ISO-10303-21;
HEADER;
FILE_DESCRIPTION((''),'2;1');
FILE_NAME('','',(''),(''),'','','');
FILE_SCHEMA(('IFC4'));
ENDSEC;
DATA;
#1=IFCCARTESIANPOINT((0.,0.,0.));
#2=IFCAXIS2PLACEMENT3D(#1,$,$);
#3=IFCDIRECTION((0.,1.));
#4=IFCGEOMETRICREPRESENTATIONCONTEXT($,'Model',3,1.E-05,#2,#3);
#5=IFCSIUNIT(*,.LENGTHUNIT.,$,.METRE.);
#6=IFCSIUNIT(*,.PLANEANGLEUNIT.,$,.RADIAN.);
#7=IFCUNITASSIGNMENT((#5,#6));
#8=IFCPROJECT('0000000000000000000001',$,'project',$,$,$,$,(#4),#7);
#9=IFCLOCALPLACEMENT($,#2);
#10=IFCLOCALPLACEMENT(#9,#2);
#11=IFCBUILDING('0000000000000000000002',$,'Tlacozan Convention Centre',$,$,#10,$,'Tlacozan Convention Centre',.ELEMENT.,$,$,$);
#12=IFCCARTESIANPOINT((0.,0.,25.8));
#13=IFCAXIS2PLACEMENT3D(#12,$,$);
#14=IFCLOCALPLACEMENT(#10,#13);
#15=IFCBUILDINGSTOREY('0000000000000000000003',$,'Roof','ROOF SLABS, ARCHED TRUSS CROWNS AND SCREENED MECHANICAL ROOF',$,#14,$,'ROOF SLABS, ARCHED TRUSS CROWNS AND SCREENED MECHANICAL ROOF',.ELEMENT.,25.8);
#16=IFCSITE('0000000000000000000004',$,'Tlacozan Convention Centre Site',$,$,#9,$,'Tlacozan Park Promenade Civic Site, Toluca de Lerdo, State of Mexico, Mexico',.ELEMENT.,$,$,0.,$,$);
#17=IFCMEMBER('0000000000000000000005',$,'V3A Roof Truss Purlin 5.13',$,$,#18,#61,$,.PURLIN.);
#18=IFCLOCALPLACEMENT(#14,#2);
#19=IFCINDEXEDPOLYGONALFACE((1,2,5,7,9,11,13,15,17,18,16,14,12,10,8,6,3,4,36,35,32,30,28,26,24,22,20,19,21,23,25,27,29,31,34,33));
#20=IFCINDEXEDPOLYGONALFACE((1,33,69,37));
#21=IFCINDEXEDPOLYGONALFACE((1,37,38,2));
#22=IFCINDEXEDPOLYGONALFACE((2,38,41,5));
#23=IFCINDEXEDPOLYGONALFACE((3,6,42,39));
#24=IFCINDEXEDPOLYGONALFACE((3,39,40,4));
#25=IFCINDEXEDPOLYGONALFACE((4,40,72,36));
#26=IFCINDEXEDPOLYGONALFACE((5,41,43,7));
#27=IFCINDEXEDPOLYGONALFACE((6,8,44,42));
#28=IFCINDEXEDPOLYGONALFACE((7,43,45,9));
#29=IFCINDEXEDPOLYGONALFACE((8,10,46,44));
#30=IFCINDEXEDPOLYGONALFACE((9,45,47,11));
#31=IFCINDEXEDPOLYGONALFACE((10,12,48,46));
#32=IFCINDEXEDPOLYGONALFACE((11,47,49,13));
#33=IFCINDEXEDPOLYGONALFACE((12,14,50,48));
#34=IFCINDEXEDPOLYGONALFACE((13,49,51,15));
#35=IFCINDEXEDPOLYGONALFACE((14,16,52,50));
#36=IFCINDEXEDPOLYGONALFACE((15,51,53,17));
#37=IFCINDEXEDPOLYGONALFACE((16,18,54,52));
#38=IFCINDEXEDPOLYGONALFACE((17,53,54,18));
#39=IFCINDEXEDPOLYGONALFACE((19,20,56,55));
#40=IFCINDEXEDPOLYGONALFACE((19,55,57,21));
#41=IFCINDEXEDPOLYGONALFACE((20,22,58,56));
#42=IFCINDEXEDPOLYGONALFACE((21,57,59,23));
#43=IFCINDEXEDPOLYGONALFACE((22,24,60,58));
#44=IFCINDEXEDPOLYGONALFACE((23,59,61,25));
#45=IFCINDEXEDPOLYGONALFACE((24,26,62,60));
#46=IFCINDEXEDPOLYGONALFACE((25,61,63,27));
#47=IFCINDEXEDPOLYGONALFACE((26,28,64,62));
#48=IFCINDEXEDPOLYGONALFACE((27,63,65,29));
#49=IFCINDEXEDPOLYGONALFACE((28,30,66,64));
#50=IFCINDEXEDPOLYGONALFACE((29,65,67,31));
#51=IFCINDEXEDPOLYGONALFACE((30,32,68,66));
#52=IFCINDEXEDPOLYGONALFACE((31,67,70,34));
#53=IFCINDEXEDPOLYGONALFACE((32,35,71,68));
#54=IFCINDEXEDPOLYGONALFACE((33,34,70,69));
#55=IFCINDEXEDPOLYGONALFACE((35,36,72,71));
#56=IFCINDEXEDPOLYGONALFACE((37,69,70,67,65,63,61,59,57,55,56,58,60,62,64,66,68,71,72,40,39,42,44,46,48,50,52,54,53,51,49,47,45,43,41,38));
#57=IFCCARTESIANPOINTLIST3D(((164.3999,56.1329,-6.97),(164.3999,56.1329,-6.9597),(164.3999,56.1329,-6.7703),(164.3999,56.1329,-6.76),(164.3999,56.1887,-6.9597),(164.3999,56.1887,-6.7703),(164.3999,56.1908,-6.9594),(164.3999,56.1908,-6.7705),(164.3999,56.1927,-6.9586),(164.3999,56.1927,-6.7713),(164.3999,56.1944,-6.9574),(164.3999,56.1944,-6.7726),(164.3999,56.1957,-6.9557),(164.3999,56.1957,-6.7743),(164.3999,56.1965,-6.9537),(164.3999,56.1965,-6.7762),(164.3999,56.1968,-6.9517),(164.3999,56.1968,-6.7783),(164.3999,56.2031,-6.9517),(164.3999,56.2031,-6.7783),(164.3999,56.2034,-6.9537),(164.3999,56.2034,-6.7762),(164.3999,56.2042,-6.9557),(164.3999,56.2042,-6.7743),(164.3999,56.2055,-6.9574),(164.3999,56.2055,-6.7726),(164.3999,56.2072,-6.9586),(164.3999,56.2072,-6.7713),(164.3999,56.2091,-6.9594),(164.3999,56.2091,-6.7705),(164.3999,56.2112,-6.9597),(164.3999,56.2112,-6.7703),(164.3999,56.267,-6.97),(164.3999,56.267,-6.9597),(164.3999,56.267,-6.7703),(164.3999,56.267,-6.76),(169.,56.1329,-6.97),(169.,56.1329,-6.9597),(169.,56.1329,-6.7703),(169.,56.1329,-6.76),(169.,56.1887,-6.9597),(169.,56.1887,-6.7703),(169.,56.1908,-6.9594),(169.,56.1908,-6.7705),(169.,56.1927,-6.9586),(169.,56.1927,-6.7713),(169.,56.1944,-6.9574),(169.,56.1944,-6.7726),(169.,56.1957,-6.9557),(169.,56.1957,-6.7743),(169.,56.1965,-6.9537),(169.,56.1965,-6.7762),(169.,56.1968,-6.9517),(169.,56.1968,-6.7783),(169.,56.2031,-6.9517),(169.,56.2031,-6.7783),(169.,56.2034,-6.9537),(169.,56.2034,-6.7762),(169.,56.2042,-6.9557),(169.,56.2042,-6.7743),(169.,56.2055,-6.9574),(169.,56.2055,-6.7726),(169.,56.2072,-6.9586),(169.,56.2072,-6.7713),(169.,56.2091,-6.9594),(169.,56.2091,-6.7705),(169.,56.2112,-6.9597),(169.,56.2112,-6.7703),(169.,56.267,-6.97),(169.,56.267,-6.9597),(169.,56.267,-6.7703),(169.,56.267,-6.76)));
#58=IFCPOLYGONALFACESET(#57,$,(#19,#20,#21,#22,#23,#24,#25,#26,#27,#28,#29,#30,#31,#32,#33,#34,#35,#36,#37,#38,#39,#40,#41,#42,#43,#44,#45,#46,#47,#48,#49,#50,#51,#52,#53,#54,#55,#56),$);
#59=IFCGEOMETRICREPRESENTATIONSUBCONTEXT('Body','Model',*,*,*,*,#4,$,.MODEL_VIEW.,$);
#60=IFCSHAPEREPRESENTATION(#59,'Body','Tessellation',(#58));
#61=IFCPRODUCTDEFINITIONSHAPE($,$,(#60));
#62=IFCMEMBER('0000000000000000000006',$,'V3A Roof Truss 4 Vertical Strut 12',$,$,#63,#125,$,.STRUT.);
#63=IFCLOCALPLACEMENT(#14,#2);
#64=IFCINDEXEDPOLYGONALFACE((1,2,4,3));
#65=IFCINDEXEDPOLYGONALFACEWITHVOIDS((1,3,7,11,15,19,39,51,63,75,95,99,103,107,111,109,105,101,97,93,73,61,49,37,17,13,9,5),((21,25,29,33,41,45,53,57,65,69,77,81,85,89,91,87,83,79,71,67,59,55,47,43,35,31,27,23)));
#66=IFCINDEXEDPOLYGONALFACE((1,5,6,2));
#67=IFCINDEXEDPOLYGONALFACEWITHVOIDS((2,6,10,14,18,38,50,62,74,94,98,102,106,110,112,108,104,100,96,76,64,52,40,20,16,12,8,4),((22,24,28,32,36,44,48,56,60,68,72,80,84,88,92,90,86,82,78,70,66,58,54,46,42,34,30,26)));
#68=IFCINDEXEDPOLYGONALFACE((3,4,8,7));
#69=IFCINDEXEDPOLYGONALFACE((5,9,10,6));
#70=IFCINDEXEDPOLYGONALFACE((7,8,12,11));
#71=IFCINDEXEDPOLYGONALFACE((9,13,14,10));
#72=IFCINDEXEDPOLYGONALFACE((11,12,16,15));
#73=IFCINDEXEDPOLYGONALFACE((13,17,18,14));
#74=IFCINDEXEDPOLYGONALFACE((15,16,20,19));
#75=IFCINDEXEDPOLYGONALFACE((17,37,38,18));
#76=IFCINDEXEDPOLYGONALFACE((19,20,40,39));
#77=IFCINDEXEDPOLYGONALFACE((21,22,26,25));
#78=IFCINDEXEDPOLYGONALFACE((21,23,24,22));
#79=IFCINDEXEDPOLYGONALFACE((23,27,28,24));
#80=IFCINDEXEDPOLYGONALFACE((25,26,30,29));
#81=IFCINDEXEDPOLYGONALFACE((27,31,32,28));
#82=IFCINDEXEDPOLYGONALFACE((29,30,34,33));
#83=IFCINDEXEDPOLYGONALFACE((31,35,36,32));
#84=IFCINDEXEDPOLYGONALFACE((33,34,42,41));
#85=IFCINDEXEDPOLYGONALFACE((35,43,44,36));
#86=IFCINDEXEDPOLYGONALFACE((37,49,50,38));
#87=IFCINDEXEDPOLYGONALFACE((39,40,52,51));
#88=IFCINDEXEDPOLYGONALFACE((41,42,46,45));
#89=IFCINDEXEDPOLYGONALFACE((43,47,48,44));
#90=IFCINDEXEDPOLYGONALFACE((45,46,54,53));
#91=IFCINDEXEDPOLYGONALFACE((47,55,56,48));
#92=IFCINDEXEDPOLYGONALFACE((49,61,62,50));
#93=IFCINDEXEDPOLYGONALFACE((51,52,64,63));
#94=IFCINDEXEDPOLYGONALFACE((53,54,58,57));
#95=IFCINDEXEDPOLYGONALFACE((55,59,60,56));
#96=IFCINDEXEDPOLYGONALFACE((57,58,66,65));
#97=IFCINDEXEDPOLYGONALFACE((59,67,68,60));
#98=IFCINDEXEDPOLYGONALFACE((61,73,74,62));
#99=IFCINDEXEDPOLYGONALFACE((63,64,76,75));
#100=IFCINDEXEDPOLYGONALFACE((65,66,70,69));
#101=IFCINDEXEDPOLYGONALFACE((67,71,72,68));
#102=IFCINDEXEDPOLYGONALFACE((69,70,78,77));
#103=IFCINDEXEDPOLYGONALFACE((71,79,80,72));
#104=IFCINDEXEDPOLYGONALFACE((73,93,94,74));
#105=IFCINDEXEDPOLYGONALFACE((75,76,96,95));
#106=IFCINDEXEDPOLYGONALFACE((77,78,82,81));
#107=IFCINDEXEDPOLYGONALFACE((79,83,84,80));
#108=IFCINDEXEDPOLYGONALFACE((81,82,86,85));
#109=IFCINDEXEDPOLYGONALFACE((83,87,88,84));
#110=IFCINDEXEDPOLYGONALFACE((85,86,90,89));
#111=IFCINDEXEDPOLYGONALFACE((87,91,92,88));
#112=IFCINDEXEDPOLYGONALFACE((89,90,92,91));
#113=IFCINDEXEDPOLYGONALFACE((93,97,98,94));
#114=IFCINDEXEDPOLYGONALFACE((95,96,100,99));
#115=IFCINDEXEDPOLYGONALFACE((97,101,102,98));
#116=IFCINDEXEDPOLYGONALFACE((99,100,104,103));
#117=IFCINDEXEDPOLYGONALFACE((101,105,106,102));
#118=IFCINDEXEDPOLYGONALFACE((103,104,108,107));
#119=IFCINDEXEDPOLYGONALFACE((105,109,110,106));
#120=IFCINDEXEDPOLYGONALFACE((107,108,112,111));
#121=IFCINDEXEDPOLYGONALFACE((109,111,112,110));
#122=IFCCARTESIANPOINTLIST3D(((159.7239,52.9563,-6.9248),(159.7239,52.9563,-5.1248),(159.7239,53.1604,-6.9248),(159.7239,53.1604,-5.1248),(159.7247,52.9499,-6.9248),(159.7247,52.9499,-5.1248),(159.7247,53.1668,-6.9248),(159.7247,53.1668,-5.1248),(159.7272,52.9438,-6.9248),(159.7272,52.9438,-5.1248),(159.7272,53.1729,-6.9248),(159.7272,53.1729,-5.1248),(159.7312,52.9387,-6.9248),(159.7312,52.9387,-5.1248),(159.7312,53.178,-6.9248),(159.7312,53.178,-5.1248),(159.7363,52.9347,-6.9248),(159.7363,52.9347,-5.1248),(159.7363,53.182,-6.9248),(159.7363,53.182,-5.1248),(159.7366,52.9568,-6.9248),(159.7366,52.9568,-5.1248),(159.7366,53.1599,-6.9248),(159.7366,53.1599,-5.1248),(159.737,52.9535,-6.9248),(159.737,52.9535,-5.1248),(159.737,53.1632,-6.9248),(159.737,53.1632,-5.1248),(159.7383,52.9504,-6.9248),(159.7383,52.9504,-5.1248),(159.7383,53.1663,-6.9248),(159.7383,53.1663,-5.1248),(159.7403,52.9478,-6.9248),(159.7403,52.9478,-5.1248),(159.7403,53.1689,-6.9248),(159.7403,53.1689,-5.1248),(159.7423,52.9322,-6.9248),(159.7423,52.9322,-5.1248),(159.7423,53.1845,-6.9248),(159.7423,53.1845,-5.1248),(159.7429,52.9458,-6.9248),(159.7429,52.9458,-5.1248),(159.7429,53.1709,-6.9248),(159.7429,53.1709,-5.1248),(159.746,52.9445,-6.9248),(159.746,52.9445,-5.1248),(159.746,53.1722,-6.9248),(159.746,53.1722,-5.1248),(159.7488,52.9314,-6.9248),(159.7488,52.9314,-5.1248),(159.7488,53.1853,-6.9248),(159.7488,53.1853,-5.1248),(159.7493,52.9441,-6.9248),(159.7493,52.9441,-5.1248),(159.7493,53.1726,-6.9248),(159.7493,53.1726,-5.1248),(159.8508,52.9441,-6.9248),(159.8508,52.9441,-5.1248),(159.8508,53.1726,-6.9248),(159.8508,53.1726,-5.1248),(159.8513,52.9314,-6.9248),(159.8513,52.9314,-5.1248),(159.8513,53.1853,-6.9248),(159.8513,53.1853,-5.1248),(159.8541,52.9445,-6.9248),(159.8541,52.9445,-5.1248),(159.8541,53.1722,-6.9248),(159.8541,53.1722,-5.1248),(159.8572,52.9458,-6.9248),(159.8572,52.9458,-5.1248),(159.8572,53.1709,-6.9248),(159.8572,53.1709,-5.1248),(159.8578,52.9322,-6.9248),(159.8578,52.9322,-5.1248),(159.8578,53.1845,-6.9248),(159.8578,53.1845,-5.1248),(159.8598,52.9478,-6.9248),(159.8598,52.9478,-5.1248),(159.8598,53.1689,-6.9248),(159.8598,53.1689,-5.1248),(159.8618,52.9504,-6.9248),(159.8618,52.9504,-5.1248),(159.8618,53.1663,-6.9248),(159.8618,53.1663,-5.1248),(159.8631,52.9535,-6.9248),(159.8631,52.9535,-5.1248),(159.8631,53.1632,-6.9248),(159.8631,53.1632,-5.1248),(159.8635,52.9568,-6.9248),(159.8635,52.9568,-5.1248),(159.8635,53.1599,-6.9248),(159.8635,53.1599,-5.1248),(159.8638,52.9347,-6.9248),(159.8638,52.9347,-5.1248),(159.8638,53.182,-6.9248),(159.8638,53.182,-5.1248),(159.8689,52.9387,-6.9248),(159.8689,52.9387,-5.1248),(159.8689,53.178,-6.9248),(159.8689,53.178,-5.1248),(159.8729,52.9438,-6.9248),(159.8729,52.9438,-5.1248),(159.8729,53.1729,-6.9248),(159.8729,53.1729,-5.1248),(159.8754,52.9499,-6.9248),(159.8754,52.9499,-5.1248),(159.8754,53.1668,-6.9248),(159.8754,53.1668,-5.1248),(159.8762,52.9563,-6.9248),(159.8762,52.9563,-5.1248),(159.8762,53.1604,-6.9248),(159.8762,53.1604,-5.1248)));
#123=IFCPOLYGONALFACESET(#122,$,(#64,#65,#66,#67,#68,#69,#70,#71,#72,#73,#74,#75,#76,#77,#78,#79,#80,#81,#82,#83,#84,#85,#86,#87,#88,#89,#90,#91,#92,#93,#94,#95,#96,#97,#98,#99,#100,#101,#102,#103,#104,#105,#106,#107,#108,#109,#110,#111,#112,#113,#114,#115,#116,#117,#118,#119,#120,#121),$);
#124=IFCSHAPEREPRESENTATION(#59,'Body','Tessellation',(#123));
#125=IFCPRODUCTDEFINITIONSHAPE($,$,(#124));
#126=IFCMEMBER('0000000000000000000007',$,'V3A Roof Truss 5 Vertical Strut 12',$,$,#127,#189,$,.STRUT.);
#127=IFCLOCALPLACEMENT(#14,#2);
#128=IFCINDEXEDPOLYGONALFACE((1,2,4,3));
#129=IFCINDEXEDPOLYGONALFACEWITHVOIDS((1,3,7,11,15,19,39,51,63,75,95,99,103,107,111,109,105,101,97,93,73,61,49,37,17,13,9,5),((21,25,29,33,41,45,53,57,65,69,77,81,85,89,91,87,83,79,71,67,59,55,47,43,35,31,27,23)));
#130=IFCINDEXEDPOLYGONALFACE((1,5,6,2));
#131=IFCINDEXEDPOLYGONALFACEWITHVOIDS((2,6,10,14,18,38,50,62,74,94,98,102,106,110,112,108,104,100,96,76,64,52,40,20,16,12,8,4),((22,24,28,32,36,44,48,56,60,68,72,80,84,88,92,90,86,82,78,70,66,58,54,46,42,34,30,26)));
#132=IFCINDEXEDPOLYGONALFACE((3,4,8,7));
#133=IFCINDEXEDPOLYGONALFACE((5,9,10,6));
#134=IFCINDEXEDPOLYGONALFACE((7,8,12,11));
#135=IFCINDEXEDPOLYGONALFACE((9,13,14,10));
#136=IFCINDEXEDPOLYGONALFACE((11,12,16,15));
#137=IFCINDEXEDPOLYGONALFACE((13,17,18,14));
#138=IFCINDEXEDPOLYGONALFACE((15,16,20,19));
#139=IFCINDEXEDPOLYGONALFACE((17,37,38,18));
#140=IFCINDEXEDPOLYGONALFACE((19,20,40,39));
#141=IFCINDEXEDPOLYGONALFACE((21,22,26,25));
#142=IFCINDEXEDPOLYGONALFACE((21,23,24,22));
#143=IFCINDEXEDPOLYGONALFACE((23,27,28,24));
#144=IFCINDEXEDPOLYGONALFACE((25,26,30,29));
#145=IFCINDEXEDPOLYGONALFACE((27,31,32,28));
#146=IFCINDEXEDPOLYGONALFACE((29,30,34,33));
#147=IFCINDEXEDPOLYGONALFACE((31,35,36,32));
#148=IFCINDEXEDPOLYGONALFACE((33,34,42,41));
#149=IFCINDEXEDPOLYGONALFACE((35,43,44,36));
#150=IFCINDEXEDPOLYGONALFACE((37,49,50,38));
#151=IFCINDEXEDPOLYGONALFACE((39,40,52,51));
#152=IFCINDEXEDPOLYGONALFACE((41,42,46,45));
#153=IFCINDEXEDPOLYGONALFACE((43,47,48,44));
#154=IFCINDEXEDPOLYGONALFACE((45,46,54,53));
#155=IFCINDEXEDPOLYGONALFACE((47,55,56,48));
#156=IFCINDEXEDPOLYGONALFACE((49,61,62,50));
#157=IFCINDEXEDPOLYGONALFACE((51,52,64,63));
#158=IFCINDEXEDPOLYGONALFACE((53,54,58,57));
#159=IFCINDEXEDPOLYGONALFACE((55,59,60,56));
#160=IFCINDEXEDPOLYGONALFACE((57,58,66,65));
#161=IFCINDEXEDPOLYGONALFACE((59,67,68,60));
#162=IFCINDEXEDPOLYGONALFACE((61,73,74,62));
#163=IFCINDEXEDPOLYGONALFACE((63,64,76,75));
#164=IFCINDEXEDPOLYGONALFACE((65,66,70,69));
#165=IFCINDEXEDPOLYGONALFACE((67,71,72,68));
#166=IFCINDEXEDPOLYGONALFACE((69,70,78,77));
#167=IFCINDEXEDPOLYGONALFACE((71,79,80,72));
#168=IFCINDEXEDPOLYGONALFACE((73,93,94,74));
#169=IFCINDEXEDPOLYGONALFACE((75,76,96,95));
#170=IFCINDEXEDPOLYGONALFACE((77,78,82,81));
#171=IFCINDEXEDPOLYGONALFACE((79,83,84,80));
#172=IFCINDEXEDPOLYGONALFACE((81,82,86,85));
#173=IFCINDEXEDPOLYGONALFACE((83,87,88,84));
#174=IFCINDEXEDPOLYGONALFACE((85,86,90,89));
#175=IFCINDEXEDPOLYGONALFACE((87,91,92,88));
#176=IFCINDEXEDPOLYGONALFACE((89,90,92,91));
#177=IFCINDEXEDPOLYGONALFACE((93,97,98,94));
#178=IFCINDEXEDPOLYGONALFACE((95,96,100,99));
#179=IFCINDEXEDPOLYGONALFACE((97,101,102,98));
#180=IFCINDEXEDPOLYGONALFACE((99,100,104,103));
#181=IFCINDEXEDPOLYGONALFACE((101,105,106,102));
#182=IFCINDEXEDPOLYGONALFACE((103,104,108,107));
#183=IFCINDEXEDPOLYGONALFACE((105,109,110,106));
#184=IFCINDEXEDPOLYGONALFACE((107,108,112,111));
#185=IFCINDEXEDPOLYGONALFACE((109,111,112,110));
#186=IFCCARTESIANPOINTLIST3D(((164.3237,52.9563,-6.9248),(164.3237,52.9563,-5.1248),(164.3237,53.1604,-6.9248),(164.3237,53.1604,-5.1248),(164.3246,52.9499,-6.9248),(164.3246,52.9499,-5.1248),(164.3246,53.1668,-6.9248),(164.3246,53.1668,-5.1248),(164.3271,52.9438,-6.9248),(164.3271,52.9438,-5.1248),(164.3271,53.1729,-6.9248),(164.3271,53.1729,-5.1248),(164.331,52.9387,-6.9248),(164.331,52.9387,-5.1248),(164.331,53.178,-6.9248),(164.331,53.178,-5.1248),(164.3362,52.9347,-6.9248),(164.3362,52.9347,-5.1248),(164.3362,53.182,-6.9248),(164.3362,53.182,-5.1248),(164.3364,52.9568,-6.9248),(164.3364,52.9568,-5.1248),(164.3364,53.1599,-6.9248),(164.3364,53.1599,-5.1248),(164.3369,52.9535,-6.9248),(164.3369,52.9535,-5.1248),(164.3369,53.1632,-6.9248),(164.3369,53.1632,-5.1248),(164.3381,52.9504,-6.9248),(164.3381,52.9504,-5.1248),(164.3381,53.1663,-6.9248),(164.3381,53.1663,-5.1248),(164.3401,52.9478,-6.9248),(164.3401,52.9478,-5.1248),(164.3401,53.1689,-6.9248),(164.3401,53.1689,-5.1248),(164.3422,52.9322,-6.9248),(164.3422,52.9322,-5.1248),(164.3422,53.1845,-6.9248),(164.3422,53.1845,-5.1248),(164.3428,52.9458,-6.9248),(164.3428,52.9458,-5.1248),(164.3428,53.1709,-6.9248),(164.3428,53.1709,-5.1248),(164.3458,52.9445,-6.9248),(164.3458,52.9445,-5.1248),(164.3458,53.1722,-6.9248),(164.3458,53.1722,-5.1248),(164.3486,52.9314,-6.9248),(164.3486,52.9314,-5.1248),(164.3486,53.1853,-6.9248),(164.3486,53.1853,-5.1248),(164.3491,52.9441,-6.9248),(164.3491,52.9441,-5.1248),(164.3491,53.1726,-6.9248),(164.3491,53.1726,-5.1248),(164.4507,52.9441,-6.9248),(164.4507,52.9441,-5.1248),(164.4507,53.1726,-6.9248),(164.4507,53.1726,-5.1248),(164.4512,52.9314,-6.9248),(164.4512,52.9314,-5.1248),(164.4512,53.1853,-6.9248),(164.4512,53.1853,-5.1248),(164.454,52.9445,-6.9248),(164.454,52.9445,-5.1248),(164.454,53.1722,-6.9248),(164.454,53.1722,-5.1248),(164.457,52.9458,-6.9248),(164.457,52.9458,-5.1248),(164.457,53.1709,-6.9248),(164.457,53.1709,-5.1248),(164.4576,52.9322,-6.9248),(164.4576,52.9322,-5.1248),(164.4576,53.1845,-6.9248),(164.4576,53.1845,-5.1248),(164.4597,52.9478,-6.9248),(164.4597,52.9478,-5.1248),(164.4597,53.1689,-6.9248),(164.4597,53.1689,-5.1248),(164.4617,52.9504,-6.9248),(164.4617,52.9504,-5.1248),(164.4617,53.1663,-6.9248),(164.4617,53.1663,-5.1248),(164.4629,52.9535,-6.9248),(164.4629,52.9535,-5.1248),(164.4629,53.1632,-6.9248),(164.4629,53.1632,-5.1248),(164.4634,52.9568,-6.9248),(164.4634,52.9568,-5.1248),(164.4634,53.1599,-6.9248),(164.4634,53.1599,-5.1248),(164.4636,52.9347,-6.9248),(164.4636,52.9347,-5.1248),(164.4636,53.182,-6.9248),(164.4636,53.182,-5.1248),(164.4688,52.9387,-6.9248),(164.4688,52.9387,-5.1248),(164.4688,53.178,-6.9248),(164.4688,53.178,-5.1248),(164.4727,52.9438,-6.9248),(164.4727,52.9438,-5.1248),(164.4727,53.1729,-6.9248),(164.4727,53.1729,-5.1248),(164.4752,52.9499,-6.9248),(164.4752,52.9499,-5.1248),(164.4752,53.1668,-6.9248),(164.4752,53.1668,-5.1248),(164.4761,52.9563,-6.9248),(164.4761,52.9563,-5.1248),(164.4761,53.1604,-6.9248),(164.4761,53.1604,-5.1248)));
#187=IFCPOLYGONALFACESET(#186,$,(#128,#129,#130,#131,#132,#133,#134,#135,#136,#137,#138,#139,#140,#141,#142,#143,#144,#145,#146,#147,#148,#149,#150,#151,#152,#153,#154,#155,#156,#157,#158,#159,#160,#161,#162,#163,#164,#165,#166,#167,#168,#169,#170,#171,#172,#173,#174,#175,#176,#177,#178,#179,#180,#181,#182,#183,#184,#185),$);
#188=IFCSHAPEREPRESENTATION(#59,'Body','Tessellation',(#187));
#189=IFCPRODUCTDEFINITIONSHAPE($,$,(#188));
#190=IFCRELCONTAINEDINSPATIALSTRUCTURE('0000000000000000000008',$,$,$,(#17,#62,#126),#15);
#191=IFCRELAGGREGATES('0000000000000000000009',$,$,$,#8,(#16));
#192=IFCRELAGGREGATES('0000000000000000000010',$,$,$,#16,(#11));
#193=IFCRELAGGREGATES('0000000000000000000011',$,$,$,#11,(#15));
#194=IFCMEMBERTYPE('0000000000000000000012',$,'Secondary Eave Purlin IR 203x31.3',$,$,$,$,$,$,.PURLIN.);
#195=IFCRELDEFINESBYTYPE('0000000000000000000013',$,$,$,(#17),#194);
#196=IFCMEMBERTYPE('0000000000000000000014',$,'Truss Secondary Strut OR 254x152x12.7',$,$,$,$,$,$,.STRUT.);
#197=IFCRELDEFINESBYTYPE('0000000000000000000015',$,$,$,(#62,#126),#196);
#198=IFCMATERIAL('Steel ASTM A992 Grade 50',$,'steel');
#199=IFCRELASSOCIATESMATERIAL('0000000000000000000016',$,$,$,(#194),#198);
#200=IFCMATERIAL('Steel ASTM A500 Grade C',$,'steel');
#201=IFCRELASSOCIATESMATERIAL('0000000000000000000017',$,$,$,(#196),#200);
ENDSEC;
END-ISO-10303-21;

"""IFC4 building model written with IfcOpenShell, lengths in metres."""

from ifc_helpers import new_model, si_unit, direction, frame, origin, origin_2d, place, context, subcontext, project, spatial, hollow_rectangle, i_section, extrude, material, material_profile, profile_set, type_object, element, save


model = new_model("IFC4")

# Units and contexts
model_context = context("Model", 3, precision=1e-05, world=origin(), true_north=direction((0.0, 1.0)))
body_context = subcontext(model_context, "Body", "Model", "MODEL_VIEW")
ifc_project = project(units=[si_unit("LENGTHUNIT", "METRE"), si_unit("PLANEANGLEUNIT", "RADIAN")], contexts=[model_context])

# Site, building, storey
site_placement = place(None, origin())
site = spatial("IfcSite", under=ifc_project, at=site_placement, Name="Tlacozan Convention Centre Site", LongName="Tlacozan Park Promenade Civic Site, Toluca de Lerdo, State of Mexico, Mexico", CompositionType="ELEMENT", RefElevation=0.0)
building_placement = place(site_placement, origin())
building = spatial("IfcBuilding", under=site, at=building_placement, Name="Tlacozan Convention Centre", LongName="Tlacozan Convention Centre", CompositionType="ELEMENT")
storey_placement = place(building_placement, frame((0.0, 0.0, 25.8)))
storey = spatial("IfcBuildingStorey", under=building, at=storey_placement, Name="Roof", Description="ROOF SLABS, ARCHED TRUSS CROWNS AND SCREENED MECHANICAL ROOF", LongName="ROOF SLABS, ARCHED TRUSS CROWNS AND SCREENED MECHANICAL ROOF", CompositionType="ELEMENT", Elevation=25.8)

# Members
ifc_material_1 = material(Name="Steel ASTM A500 Grade C", Category="steel")
ifc_material_2 = material(Name="Steel ASTM A992 Grade 50", Category="steel")
ifc_material_profile_1 = material_profile(ifc_material_2, i_section(OverallWidth=0.134, OverallDepth=0.21, WebThickness=0.0063, FlangeThickness=0.0103, FilletRadius=0.0081, at=origin_2d()), Name="IR 203x31.3")
ifc_profile_set_1 = profile_set([ifc_material_profile_1], Name="Steel ASTM A992 Grade 50")
member_type_1 = type_object("IfcMemberType", Name="Secondary Eave Purlin IR 203x31.3", PredefinedType="PURLIN", material=ifc_profile_set_1)
member_1_placement = place(storey_placement, frame((164.3999, 56.2, -6.865), z_axis=(1.0, 0.0, 0.0), x_axis=(0.0, 1.0, 0.0)))
element("IfcMember", 1, at=member_1_placement, inside=storey, type_object=member_type_1, Name="V3A Roof Truss Purlin 5.13", PredefinedType="PURLIN", context=body_context, shape_type="SweptSolid", body=[
    extrude(i_section(OverallWidth=0.134, OverallDepth=0.21, WebThickness=0.0063, FlangeThickness=0.0103, FilletRadius=0.0081, at=origin_2d()), origin(), (0.0, 0.0, 1.0), 4.6001),
])
ifc_material_profile_2 = material_profile(ifc_material_1, hollow_rectangle(XDim=0.1523, YDim=0.2539, WallThickness=0.0127, InnerFilletRadius=0.0127, OuterFilletRadius=0.0249, at=origin_2d()), Name="OR 254x152x12.7")
ifc_profile_set_2 = profile_set([ifc_material_profile_2], Name="Steel ASTM A500 Grade C")
member_type_2 = type_object("IfcMemberType", Name="Truss Secondary Strut OR 254x152x12.7", PredefinedType="STRUT", material=ifc_profile_set_2)
for number, where, z_axis, x_axis, name in (
    (2, (159.8, 53.0583, -6.9248), (0.0, 0.0, 1.0), (1.0, 0.0, 0.0), "V3A Roof Truss 4 Vertical Strut 12"),
    (3, (164.3999, 53.0583, -6.9248), (0.0, 0.0, 1.0), (1.0, 0.0, 0.0), "V3A Roof Truss 5 Vertical Strut 12"),
):
    element("IfcMember", number, at=place(storey_placement, frame(where, z_axis=z_axis, x_axis=x_axis)), inside=storey, type_object=member_type_2, Name=name, PredefinedType="STRUT", context=body_context, shape_type="SweptSolid", body=[
        extrude(hollow_rectangle(XDim=0.1523, YDim=0.2539, WallThickness=0.0127, InnerFilletRadius=0.0127, OuterFilletRadius=0.0249, at=origin_2d()), origin(), (0.0, 0.0, 1.0), 1.8),
    ])

save(model, "model.ifc")
